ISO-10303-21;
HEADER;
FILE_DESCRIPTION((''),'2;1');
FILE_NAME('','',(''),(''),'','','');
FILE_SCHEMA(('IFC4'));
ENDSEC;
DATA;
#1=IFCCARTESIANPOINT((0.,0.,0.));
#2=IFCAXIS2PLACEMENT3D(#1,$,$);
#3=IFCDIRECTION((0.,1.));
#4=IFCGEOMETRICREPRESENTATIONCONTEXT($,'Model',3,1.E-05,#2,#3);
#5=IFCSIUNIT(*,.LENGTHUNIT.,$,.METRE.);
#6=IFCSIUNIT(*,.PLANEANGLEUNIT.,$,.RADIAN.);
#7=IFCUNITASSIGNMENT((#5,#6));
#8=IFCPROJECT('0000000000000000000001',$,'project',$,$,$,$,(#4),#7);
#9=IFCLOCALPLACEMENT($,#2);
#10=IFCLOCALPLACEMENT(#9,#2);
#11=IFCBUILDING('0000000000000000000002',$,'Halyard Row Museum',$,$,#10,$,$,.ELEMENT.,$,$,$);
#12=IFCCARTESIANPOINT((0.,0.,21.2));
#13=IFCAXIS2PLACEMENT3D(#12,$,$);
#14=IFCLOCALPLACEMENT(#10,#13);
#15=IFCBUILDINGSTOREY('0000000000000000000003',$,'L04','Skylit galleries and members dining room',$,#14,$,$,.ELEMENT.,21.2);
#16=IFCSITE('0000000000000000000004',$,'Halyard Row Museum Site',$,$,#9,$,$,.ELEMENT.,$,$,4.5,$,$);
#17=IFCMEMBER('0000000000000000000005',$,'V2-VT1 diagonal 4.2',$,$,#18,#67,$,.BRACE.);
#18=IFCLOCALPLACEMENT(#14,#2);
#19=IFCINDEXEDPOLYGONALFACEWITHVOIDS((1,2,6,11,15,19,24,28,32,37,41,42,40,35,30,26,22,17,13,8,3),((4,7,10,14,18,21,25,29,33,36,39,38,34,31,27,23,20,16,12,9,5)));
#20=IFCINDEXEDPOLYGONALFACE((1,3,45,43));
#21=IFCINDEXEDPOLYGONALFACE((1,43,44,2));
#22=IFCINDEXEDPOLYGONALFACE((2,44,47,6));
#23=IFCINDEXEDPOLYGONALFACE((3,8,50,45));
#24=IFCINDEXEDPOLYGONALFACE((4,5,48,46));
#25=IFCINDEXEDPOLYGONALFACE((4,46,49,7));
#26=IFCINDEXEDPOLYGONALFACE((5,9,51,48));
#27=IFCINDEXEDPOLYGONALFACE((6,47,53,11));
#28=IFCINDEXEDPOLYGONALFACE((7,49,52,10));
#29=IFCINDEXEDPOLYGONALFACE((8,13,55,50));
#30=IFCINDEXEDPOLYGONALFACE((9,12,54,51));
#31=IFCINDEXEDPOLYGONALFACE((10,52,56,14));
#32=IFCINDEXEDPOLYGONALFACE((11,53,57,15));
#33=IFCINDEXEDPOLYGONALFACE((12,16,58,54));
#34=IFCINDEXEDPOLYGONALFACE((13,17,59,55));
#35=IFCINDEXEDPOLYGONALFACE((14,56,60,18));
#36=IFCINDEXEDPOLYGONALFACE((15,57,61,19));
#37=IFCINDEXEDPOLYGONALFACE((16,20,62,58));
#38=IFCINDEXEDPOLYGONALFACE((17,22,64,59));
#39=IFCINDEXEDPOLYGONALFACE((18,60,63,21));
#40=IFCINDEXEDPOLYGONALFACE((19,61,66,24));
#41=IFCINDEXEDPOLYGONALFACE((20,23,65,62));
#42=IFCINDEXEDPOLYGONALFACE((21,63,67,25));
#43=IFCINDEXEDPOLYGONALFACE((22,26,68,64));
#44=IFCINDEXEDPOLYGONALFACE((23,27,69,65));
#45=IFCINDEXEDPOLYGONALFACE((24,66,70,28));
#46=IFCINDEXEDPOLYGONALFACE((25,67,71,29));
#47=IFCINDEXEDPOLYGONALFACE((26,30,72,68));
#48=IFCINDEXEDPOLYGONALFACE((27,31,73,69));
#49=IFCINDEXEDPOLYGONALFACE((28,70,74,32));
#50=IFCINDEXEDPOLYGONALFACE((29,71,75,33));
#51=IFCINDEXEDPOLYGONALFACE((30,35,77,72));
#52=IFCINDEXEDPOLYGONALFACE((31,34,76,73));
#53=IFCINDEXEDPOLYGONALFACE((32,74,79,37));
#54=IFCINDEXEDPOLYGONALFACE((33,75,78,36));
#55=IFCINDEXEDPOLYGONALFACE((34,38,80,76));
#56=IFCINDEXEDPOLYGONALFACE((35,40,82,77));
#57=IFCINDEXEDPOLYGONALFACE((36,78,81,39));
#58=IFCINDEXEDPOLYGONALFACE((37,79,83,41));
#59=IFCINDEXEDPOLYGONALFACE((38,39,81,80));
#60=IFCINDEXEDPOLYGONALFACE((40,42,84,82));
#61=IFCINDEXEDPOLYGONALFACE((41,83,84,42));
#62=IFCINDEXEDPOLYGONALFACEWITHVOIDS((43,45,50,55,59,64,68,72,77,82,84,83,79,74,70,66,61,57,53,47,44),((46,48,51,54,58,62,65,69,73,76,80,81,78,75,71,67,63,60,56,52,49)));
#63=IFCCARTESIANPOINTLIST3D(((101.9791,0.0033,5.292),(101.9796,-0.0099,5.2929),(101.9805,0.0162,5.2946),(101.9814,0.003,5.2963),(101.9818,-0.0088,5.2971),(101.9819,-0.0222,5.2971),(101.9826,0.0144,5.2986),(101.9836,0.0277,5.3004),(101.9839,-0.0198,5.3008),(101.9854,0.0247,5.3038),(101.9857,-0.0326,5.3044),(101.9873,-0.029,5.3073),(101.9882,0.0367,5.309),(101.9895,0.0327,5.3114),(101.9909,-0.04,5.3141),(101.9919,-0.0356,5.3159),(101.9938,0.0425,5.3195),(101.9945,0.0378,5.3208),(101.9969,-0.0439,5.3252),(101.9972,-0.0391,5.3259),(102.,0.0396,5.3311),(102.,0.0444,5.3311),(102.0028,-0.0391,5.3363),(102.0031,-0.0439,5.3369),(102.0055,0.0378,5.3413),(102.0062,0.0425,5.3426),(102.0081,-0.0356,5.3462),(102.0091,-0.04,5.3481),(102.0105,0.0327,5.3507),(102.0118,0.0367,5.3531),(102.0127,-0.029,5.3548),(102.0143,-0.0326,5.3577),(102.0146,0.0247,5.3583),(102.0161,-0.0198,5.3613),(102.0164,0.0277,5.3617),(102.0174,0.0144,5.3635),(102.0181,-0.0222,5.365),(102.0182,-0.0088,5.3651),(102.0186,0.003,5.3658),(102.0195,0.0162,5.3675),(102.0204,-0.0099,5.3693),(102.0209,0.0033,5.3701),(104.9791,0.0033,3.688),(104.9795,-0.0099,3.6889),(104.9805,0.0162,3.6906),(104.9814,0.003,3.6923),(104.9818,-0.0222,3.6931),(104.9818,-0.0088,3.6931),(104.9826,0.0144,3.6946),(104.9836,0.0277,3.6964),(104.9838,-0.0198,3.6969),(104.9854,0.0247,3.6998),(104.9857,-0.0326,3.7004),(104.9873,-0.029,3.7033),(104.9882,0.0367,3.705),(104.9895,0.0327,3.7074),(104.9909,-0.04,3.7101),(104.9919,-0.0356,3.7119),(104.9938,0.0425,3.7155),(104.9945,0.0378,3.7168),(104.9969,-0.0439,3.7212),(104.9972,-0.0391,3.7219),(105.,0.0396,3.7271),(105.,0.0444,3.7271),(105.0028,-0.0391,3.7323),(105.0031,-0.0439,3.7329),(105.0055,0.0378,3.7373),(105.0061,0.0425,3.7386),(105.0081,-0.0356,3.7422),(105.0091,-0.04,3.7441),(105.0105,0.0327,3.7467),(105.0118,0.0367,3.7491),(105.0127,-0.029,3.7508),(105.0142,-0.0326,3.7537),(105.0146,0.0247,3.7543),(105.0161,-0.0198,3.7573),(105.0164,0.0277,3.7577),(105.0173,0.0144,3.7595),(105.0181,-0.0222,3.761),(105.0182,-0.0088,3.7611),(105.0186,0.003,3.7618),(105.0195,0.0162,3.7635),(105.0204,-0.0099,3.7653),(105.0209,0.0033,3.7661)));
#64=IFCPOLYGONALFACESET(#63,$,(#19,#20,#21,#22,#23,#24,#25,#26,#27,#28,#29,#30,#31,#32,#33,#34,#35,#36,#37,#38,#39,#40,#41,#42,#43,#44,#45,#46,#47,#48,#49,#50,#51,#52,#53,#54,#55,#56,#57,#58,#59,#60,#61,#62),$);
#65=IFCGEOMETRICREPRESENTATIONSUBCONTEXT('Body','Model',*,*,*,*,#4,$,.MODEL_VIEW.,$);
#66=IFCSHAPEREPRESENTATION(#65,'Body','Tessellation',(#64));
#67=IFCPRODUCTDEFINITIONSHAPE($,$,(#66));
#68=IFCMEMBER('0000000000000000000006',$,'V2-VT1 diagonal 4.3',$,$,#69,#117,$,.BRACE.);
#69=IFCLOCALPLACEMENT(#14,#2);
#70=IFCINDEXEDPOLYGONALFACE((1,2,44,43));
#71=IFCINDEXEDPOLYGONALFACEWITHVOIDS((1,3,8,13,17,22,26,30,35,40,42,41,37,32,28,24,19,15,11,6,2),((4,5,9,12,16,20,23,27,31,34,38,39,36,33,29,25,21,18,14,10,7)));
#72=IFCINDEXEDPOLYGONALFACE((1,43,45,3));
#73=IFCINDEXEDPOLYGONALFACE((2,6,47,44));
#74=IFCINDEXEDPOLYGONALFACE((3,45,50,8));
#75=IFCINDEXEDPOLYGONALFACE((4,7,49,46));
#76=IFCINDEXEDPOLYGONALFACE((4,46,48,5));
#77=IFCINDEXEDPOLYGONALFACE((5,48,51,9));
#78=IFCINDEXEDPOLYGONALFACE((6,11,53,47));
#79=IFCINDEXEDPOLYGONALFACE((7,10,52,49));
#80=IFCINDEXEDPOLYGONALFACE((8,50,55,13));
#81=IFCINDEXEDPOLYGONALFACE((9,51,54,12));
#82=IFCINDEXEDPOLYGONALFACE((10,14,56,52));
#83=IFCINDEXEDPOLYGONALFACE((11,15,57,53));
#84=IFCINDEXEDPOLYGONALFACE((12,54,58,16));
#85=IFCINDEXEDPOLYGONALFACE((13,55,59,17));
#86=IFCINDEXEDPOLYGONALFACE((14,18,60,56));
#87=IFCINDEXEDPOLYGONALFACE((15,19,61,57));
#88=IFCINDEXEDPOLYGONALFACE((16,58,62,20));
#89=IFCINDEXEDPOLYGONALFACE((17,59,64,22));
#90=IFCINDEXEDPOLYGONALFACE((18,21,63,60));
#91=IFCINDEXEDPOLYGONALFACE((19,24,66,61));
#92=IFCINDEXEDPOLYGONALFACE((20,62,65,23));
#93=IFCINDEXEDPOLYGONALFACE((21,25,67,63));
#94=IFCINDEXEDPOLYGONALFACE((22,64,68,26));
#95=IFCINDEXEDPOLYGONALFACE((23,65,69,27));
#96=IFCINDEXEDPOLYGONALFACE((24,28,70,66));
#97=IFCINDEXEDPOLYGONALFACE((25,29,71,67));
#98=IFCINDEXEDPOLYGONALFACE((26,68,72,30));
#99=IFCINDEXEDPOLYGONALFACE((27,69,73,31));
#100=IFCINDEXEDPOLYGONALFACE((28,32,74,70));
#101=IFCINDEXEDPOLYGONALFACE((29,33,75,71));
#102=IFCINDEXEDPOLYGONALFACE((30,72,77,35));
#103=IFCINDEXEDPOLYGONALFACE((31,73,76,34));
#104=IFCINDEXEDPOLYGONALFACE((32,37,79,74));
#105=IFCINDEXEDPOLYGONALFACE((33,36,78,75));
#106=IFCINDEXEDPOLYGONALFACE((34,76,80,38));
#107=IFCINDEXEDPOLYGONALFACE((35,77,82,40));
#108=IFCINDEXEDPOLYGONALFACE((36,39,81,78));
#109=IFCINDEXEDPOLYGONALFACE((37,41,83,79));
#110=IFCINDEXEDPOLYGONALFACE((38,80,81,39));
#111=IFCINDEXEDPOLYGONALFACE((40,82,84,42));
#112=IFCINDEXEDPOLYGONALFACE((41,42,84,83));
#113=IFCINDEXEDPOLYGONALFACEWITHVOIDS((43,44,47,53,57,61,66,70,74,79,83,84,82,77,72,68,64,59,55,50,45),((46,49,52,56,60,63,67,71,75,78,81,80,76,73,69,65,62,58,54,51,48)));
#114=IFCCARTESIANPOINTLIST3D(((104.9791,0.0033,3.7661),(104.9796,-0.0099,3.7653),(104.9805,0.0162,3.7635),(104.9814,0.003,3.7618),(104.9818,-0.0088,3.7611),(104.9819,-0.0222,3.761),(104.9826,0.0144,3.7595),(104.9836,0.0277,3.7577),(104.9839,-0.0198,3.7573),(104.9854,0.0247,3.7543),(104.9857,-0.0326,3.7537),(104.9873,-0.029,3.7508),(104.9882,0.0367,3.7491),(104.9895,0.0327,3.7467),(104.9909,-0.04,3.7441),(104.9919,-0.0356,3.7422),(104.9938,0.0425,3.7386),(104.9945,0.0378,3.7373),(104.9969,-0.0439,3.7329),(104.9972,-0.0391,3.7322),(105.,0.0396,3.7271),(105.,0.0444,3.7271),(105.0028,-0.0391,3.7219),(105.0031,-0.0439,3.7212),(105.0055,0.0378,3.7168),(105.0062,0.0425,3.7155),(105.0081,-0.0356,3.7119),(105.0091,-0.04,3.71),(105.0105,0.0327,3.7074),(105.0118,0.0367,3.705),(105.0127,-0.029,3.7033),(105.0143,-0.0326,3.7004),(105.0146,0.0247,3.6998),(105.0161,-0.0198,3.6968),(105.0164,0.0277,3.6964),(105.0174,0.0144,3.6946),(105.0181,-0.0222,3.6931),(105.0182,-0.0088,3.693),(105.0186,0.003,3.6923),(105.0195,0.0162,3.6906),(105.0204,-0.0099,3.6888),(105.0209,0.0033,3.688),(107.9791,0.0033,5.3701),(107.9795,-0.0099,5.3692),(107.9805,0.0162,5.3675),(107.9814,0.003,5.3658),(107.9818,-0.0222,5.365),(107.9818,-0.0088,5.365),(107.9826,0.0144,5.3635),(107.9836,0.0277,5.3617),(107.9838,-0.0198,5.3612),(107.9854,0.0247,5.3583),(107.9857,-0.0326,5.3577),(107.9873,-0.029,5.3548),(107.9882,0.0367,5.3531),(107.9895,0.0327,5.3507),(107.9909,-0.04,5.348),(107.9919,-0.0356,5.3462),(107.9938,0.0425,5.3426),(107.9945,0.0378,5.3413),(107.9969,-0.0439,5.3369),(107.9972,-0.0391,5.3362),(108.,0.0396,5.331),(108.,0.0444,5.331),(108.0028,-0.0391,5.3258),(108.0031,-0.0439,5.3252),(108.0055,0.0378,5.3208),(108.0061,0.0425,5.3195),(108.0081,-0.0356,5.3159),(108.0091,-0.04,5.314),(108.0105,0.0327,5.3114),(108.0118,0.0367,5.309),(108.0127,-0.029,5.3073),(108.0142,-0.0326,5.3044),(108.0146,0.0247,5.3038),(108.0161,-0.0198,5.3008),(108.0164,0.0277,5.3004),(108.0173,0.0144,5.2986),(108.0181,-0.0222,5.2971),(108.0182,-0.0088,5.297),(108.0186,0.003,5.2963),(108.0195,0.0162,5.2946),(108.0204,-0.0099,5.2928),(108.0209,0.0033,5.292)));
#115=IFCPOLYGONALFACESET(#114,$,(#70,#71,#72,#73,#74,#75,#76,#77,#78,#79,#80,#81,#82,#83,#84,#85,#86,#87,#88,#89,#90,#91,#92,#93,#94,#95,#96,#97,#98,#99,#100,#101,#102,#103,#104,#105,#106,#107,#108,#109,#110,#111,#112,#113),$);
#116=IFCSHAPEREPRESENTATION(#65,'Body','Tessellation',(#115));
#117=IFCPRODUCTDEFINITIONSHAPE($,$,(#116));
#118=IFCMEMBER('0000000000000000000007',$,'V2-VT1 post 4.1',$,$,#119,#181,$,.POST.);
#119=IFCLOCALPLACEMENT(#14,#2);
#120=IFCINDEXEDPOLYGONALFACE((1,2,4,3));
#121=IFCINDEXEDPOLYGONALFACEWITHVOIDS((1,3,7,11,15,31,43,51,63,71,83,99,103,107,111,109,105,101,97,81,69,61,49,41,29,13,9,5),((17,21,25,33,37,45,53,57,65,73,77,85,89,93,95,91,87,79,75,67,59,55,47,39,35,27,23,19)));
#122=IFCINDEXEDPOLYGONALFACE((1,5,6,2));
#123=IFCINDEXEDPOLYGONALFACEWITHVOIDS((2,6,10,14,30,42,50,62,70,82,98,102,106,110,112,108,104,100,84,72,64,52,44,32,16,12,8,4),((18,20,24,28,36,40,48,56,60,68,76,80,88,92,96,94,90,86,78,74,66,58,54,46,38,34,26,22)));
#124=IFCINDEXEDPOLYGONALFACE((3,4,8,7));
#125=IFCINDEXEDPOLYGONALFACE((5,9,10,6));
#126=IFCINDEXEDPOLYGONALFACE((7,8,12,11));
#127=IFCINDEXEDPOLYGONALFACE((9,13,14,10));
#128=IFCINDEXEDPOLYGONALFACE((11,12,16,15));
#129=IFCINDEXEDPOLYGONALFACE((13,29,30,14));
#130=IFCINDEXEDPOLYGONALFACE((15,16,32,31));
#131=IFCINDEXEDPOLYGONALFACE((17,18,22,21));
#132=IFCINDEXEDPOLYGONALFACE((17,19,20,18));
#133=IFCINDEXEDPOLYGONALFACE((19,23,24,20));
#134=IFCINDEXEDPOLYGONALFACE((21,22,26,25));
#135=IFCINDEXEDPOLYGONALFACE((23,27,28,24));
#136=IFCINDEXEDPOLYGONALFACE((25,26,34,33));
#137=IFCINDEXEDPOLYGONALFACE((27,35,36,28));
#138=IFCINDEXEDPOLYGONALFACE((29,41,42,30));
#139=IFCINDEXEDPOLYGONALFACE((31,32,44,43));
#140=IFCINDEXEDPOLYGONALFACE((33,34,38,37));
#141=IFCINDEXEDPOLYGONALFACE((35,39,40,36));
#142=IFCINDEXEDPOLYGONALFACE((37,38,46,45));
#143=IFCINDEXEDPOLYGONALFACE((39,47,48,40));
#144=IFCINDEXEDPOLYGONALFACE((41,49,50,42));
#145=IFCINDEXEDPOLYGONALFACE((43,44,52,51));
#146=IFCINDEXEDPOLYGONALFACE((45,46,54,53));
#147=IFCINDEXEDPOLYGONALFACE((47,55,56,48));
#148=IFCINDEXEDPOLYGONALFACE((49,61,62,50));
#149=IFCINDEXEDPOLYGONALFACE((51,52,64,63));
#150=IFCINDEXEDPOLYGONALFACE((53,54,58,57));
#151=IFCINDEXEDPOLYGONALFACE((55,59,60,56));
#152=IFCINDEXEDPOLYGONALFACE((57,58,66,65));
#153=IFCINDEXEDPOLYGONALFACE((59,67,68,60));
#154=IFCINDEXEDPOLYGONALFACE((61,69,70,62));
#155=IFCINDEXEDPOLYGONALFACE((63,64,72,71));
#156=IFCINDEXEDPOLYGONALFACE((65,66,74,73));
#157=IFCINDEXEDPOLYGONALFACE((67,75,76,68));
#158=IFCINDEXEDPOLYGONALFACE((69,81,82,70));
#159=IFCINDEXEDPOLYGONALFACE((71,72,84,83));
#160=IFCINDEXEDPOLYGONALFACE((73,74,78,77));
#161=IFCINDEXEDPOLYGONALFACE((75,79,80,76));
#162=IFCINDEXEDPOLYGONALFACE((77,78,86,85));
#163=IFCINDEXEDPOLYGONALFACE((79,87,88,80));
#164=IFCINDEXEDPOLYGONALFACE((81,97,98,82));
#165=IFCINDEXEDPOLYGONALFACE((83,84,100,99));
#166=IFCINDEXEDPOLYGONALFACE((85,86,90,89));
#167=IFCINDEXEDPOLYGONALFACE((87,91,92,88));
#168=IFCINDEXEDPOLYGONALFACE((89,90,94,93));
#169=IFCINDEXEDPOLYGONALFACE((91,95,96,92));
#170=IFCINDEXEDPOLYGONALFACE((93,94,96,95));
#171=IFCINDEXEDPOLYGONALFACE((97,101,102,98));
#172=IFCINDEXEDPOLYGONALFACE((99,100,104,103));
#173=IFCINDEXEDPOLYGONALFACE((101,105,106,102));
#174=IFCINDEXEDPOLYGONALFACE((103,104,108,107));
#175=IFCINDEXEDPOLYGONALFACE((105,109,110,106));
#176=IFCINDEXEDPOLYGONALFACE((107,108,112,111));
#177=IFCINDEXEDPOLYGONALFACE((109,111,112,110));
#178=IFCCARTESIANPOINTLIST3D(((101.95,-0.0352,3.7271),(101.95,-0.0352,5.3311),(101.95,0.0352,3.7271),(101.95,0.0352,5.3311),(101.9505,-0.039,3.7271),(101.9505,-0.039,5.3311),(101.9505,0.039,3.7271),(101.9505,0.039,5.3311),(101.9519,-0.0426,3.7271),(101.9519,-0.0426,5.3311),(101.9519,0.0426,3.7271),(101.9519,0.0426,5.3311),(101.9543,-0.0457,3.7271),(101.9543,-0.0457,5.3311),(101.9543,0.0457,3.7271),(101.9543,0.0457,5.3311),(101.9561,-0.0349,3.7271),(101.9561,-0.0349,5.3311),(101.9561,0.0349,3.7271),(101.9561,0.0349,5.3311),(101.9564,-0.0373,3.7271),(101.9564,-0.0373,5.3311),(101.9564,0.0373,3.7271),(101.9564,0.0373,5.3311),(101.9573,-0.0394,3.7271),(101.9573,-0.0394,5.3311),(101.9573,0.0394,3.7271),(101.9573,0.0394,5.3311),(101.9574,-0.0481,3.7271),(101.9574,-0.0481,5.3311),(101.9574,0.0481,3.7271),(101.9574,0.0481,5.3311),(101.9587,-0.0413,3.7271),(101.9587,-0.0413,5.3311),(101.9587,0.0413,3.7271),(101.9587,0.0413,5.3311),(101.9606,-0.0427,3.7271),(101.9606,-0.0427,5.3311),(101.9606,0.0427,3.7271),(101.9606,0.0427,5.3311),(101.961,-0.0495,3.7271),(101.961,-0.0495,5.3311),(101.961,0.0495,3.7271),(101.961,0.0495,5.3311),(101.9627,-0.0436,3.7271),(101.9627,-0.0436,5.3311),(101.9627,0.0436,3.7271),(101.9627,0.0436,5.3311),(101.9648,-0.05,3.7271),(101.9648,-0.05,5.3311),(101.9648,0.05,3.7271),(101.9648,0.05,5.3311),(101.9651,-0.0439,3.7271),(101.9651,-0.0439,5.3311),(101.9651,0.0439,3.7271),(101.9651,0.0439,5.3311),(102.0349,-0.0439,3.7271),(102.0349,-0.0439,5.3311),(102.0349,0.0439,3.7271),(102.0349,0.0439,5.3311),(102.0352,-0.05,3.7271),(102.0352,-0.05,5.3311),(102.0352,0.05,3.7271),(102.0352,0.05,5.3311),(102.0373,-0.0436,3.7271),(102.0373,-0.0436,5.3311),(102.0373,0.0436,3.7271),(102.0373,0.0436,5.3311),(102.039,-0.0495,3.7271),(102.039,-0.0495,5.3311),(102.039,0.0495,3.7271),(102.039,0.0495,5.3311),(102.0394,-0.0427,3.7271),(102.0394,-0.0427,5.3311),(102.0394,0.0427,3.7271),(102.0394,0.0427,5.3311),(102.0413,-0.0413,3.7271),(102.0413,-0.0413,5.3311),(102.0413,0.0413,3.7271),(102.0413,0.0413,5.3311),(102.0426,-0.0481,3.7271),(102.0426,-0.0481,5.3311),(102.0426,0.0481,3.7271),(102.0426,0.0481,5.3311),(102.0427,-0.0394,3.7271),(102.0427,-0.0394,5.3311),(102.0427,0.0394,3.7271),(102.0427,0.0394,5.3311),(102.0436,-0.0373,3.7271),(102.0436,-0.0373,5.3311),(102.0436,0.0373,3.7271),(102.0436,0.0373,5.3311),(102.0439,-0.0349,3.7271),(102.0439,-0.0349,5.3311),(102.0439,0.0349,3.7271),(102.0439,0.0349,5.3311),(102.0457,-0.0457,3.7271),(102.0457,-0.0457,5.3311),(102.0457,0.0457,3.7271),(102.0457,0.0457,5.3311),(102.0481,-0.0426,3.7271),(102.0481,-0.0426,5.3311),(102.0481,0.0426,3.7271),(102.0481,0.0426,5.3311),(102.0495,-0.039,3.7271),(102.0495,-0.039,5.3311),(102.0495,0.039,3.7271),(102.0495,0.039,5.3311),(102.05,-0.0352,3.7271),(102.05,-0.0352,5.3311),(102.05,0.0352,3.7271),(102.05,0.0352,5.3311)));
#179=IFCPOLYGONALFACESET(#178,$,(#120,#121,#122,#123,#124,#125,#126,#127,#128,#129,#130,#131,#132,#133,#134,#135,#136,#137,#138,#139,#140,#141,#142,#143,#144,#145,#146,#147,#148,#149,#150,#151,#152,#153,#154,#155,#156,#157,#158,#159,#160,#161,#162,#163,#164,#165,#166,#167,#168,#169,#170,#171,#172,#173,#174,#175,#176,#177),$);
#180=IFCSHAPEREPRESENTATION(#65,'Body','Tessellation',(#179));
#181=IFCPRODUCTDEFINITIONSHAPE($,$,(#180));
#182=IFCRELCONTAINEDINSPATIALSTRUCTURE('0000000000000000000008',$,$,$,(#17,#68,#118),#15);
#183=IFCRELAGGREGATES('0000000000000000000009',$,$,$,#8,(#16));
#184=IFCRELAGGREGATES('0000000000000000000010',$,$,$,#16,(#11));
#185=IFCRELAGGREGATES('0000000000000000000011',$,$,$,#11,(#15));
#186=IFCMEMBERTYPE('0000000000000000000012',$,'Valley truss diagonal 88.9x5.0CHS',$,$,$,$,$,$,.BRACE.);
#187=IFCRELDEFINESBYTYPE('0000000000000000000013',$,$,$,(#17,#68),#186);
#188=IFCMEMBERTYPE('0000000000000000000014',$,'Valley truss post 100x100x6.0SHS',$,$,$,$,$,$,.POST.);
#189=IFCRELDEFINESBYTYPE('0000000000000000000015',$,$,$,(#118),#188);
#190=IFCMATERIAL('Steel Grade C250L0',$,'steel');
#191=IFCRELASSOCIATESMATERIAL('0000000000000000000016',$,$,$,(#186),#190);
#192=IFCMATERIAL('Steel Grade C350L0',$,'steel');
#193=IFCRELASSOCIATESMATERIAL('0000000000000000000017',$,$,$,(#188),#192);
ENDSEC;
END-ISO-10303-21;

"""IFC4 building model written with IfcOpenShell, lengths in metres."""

from ifc_helpers import new_model, si_unit, direction, frame, origin, origin_2d, place, context, subcontext, project, spatial, hollow_rectangle, hollow_circle, extrude, material, material_profile, profile_set, type_object, element, save


model = new_model("IFC4")

# Units and contexts
model_context = context("Model", 3, precision=1e-05, world=origin(), true_north=direction((0.0, 1.0)))
body_context = subcontext(model_context, "Body", "Model", "MODEL_VIEW")
ifc_project = project(units=[si_unit("LENGTHUNIT", "METRE"), si_unit("PLANEANGLEUNIT", "RADIAN")], contexts=[model_context])

# Site, building, storey
site_placement = place(None, origin())
site = spatial("IfcSite", under=ifc_project, at=site_placement, Name="Halyard Row Museum Site", CompositionType="ELEMENT", RefElevation=4.5)
building_placement = place(site_placement, origin())
building = spatial("IfcBuilding", under=site, at=building_placement, Name="Halyard Row Museum", CompositionType="ELEMENT")
storey_placement = place(building_placement, frame((0.0, 0.0, 21.2)))
storey = spatial("IfcBuildingStorey", under=building, at=storey_placement, Name="L04", Description="Skylit galleries and members dining room", CompositionType="ELEMENT", Elevation=21.2)

# Members
ifc_material_1 = material(Name="Steel Grade C250L0", Category="steel")
ifc_material_profile_1 = material_profile(ifc_material_1, hollow_circle(Radius=0.0444, WallThickness=0.0049, at=origin_2d()), Name="88.9x5.0CHS")
ifc_profile_set_1 = profile_set([ifc_material_profile_1], Name="Steel Grade C250L0")
member_type_1 = type_object("IfcMemberType", Name="Valley truss diagonal 88.9x5.0CHS", PredefinedType="BRACE", material=ifc_profile_set_1)
for number, where, z_axis, x_axis, name in (
    (1, (102.0, 0.0, 5.3311), (0.881864, 0.0, -0.471504), (0.0, 1.0, 0.0), "V2-VT1 diagonal 4.2"),
    (2, (105.0, 0.0, 3.7271), (0.881864, 0.0, 0.471504), (0.0, 1.0, 0.0), "V2-VT1 diagonal 4.3"),
):
    element("IfcMember", number, at=place(storey_placement, frame(where, z_axis=z_axis, x_axis=x_axis)), inside=storey, type_object=member_type_1, Name=name, PredefinedType="BRACE", context=body_context, shape_type="SweptSolid", body=[
        extrude(hollow_circle(Radius=0.0444, WallThickness=0.0049, at=origin_2d()), origin(), (0.0, 0.0, 1.0), 3.4019),
    ])
ifc_material_2 = material(Name="Steel Grade C350L0", Category="steel")
ifc_material_profile_2 = material_profile(ifc_material_2, hollow_rectangle(XDim=0.1001, YDim=0.1001, WallThickness=0.0061, InnerFilletRadius=0.009, OuterFilletRadius=0.0149, at=origin_2d()), Name="100x100x6.0SHS")
ifc_profile_set_2 = profile_set([ifc_material_profile_2], Name="Steel Grade C350L0")
member_type_2 = type_object("IfcMemberType", Name="Valley truss post 100x100x6.0SHS", PredefinedType="POST", material=ifc_profile_set_2)
for number, where, z_axis, x_axis, name in (
    (3, (102.0, 0.0, 3.7271), (0.0, 0.0, 1.0), (1.0, 0.0, 0.0), "V2-VT1 post 4.1"),
):
    element("IfcMember", number, at=place(storey_placement, frame(where, z_axis=z_axis, x_axis=x_axis)), inside=storey, type_object=member_type_2, Name=name, PredefinedType="POST", context=body_context, shape_type="SweptSolid", body=[
        extrude(hollow_rectangle(XDim=0.1001, YDim=0.1001, WallThickness=0.0061, InnerFilletRadius=0.009, OuterFilletRadius=0.0149, at=origin_2d()), origin(), (0.0, 0.0, 1.0), 1.604),
    ])

save(model, "model.ifc")
